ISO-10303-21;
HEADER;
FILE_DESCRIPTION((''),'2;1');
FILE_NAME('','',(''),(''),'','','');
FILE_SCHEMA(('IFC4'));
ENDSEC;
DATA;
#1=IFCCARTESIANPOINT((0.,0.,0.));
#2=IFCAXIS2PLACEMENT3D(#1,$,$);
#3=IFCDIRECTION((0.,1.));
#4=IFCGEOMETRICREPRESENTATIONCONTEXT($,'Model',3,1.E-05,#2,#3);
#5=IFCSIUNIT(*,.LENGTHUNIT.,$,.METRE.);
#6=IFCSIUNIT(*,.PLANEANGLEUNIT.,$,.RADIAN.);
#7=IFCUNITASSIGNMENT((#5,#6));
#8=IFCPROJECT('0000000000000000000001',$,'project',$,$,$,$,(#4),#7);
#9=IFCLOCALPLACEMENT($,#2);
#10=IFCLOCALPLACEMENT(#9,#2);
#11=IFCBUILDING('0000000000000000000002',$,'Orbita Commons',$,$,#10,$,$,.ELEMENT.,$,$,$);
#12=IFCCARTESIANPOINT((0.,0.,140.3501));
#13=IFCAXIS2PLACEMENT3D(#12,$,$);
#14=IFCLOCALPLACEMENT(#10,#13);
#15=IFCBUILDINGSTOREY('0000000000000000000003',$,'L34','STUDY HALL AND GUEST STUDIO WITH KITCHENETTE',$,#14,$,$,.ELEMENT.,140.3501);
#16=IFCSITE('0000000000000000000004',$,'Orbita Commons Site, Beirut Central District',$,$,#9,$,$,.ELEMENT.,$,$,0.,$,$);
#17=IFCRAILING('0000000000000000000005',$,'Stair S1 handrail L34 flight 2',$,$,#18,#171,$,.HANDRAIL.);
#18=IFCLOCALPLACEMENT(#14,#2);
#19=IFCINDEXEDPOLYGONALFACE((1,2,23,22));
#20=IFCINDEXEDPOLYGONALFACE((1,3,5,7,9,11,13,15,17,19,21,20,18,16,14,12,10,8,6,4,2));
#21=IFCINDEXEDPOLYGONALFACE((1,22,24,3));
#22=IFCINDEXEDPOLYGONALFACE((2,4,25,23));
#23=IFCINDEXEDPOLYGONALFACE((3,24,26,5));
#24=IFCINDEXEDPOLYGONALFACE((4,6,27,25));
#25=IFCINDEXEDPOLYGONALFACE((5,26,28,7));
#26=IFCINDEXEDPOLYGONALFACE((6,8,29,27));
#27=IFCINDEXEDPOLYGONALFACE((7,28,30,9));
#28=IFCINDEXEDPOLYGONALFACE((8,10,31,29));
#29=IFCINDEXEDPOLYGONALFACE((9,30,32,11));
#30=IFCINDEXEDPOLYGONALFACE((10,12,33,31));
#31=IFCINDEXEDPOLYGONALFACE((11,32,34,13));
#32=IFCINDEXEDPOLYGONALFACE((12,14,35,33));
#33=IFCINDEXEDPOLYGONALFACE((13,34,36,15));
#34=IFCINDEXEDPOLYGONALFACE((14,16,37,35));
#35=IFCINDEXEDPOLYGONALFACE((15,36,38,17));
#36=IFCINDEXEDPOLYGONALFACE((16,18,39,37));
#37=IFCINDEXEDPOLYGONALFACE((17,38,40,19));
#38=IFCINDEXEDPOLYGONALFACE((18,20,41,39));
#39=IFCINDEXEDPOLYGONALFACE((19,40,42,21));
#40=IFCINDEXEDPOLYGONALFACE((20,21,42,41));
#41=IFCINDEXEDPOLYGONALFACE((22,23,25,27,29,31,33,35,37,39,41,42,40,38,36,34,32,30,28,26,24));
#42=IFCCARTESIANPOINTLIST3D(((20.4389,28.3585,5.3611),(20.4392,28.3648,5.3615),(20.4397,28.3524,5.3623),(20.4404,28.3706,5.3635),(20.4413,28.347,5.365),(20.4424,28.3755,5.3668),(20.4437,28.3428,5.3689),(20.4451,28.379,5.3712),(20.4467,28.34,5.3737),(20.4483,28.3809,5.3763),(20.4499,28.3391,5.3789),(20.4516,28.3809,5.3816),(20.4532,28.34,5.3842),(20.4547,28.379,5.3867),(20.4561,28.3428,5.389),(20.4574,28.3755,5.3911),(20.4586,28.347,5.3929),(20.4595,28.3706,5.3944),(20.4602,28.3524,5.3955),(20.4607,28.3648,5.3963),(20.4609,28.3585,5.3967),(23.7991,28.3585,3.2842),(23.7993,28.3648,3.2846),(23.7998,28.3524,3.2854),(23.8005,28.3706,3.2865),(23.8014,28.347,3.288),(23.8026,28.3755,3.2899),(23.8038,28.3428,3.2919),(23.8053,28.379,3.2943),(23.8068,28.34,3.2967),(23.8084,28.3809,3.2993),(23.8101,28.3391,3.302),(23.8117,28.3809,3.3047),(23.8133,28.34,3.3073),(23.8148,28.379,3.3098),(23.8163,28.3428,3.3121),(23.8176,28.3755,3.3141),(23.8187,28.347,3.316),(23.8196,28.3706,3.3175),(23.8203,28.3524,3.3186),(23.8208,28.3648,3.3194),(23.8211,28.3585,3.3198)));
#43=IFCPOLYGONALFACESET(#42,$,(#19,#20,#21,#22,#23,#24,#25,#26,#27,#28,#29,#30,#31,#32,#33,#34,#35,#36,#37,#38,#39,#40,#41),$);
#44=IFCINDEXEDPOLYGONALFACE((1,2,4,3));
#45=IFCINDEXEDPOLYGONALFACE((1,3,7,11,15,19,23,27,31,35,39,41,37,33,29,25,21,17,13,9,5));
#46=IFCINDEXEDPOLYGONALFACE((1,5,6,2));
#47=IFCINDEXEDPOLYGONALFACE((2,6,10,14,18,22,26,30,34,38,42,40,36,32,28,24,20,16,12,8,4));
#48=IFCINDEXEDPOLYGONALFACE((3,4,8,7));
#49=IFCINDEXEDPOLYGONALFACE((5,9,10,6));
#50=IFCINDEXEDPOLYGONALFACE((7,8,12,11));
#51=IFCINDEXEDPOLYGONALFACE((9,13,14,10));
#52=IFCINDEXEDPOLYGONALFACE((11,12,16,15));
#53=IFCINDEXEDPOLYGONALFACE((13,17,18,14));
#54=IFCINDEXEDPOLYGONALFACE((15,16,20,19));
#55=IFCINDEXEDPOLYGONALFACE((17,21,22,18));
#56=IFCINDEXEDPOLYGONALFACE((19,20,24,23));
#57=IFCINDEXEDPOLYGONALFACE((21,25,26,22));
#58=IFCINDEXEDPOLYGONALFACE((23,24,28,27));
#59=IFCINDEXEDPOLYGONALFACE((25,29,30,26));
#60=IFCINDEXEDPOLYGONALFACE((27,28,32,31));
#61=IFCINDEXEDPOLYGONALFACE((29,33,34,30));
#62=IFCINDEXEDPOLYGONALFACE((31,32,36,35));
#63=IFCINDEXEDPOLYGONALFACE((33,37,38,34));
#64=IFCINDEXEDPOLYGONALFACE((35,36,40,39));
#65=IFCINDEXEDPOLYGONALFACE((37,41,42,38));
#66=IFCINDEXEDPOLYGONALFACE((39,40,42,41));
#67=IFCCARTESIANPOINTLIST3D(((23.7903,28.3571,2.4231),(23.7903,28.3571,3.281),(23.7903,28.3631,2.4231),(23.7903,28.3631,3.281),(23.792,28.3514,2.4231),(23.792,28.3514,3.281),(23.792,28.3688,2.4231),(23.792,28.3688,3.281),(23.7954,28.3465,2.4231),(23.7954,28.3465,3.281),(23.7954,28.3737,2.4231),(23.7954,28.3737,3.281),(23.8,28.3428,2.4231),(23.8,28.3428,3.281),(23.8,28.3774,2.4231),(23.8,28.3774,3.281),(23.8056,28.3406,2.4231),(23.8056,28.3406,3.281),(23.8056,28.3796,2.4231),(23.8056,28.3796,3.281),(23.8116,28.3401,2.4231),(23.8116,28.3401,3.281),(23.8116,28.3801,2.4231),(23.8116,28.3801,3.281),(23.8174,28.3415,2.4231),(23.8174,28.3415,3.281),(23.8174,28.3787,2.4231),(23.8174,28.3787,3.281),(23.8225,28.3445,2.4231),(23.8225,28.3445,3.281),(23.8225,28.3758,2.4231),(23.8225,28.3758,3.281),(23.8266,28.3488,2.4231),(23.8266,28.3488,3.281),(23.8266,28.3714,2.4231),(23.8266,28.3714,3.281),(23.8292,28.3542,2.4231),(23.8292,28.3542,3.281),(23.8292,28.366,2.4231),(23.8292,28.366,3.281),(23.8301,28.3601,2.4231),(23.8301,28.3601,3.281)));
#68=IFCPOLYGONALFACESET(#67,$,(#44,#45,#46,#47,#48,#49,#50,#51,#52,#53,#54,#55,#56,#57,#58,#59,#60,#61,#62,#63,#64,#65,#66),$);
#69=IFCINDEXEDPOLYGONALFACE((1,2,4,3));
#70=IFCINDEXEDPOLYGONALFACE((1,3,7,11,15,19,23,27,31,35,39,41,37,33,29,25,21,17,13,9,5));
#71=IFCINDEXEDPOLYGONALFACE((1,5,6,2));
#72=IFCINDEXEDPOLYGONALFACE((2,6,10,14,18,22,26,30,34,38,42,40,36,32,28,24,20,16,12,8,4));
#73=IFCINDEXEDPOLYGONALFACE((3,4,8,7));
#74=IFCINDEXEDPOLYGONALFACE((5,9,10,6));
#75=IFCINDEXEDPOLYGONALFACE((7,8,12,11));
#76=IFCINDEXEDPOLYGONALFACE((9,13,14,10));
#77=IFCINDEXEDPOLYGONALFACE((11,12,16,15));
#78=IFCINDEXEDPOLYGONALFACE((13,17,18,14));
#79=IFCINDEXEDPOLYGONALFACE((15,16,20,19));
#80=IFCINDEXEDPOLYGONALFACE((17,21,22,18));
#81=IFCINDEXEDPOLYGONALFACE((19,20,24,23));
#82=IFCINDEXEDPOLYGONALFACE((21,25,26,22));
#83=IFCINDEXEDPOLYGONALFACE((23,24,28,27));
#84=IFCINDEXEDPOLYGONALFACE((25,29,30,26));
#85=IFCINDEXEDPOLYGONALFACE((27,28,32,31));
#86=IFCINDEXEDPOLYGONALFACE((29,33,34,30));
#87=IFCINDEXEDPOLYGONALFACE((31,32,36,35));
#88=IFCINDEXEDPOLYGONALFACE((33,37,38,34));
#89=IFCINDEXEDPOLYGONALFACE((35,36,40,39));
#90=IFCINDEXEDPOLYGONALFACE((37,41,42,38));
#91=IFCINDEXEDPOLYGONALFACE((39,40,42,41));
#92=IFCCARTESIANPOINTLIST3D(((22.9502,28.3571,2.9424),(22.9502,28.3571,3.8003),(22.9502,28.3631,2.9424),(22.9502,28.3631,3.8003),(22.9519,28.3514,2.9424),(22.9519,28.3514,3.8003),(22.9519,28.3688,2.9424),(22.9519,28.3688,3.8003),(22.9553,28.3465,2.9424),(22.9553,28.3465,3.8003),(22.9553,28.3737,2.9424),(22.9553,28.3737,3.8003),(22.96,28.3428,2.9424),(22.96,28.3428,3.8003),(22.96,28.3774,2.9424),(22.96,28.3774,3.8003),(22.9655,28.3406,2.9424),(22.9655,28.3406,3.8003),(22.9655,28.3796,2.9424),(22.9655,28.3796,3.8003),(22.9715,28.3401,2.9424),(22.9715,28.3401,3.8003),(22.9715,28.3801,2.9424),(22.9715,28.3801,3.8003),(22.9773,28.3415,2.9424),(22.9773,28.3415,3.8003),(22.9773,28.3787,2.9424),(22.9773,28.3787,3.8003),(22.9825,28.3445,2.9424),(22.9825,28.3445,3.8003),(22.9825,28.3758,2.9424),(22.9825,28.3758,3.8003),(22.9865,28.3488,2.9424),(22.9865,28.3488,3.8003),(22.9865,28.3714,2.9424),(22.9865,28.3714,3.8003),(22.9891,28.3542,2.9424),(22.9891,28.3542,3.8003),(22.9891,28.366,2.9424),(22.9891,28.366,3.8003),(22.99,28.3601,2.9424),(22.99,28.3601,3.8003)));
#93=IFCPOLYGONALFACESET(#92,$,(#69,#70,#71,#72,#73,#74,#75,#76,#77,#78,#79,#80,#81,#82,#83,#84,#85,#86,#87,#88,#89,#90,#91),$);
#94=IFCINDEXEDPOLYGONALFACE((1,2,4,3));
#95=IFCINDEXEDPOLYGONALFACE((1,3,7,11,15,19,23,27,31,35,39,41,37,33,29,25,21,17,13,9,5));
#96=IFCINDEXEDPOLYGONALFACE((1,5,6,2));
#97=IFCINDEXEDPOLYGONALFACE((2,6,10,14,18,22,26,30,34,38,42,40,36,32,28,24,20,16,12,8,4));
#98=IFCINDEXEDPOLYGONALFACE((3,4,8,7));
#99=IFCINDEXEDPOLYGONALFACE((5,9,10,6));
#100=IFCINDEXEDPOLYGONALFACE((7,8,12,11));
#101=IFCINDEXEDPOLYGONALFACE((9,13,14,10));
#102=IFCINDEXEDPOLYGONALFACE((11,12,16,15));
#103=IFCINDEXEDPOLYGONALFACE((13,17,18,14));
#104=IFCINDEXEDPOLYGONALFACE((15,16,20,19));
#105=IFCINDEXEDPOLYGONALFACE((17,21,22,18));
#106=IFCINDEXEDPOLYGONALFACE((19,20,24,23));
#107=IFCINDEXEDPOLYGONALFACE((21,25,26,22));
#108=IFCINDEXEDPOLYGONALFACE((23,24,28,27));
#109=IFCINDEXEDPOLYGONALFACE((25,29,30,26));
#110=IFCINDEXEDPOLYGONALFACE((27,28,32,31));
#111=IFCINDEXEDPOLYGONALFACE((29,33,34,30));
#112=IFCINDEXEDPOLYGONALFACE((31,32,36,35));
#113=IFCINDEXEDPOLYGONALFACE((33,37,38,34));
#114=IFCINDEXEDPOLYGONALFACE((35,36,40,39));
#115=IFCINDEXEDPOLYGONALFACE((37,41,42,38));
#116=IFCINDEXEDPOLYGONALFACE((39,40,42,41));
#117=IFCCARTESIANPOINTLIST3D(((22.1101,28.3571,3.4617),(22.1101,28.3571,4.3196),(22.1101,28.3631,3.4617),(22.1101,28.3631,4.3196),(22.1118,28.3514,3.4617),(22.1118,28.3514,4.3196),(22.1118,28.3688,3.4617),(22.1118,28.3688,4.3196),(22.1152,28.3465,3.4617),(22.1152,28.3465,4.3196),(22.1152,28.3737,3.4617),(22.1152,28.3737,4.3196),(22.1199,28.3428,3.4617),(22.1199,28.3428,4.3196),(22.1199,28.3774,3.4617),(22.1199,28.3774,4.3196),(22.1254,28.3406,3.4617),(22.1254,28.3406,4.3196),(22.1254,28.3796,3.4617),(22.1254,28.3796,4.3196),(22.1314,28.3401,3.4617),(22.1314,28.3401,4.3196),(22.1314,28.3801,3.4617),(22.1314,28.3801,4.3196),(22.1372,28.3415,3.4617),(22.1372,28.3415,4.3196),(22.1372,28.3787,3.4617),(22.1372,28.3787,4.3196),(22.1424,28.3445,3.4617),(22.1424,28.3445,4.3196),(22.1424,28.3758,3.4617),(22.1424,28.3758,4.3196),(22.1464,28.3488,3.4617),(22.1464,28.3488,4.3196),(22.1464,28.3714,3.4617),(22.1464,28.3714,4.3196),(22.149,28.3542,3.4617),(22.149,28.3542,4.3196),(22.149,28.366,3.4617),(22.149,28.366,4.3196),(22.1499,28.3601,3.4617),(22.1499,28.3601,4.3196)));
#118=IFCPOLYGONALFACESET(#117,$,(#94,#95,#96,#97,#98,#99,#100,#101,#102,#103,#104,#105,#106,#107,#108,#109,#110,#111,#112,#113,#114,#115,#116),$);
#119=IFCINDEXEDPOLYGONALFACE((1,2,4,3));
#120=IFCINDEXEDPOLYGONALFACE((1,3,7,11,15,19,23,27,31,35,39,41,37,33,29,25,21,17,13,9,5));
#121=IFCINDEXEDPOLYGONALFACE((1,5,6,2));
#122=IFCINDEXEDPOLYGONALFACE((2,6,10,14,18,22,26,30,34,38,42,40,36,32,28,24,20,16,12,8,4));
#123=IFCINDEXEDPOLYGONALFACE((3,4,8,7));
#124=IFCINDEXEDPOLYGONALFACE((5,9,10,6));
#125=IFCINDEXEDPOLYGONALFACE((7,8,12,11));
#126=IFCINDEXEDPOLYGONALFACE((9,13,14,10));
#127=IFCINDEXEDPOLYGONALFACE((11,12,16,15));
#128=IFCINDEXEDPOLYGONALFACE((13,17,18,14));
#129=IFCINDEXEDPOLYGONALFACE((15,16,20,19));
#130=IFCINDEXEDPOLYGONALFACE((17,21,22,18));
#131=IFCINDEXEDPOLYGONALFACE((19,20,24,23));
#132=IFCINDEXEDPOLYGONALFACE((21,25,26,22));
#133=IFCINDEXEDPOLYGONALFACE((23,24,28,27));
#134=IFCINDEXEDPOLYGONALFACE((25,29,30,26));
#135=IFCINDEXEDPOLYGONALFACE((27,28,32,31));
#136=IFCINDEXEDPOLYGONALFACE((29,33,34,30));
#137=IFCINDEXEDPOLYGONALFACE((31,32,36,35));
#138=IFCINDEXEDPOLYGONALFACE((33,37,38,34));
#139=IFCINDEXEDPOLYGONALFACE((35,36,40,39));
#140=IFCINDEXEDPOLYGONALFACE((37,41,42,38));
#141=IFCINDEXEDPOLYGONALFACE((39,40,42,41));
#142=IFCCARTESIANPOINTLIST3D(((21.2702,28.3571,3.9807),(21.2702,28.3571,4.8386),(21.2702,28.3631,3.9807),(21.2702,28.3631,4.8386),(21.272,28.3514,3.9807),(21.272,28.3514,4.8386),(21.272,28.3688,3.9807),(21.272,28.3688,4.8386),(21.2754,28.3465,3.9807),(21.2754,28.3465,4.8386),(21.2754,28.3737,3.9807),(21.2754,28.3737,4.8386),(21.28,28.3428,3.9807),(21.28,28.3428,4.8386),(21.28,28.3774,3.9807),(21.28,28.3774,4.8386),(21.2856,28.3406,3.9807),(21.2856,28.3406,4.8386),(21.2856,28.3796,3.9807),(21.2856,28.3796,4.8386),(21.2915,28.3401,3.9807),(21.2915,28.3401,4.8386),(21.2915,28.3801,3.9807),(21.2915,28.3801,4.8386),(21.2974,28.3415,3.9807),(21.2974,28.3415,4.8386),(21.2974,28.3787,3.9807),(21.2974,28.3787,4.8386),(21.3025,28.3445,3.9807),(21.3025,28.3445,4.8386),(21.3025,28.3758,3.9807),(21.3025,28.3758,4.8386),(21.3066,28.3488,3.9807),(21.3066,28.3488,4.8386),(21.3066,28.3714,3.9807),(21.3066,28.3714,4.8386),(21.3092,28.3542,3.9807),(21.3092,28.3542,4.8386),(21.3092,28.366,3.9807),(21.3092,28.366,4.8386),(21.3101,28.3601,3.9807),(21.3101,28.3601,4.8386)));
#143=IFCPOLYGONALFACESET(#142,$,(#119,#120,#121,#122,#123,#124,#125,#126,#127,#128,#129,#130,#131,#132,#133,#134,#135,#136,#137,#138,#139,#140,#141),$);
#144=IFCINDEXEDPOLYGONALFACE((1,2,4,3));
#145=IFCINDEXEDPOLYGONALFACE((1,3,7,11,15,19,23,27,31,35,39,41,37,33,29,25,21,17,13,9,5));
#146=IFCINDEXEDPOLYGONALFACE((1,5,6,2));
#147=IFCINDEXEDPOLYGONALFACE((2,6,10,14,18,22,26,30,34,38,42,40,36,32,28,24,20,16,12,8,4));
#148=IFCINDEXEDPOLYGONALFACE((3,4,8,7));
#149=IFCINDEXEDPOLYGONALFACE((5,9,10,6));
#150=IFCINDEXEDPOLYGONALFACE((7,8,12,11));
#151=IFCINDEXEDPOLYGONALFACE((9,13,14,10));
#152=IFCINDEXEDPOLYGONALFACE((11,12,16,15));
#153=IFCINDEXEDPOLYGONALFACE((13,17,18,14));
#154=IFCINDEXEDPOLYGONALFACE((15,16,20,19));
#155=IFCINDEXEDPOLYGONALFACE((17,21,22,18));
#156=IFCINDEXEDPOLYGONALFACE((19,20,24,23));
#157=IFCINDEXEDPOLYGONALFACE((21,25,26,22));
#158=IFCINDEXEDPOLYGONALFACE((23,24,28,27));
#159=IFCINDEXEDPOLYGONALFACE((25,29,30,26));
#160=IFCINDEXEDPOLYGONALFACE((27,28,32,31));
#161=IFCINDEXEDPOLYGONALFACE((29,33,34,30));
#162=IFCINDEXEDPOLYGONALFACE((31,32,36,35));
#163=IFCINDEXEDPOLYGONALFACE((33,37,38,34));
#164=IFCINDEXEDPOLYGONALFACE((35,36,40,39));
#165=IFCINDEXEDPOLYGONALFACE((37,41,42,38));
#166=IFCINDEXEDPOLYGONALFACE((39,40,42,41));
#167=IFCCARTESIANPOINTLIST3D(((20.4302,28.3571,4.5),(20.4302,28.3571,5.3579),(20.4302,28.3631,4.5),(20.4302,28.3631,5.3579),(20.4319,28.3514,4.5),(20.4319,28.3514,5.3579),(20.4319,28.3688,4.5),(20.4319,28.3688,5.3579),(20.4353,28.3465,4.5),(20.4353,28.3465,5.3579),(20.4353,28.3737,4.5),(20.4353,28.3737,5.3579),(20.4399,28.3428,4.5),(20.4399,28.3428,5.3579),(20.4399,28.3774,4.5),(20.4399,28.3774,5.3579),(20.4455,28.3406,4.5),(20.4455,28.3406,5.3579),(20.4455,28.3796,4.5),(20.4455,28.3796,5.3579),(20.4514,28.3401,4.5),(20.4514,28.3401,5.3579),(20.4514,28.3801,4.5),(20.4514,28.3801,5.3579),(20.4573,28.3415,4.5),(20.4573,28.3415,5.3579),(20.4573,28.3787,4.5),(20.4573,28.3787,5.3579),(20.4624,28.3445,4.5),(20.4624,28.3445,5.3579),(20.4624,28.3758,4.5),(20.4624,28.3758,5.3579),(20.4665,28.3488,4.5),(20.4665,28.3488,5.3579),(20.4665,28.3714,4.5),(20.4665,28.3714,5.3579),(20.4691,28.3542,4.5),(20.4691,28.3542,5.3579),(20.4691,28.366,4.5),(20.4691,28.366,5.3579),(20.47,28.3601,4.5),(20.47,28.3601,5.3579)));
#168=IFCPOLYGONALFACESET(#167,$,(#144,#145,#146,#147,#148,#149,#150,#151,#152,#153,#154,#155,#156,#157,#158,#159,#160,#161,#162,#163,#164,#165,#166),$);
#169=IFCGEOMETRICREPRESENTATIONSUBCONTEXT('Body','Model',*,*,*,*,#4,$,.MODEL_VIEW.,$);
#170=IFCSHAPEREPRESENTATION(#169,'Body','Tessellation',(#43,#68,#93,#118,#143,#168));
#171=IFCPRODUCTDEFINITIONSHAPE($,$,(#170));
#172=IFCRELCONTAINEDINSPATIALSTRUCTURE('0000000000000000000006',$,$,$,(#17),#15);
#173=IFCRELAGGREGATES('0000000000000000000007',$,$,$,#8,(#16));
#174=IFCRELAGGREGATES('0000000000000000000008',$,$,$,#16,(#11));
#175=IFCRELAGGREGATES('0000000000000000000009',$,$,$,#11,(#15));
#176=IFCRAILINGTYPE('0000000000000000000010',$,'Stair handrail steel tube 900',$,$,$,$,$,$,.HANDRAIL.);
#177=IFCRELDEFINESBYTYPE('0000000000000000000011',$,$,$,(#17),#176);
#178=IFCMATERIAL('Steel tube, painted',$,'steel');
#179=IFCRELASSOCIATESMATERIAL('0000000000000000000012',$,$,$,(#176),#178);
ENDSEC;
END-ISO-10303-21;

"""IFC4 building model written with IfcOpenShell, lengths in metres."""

from ifc_helpers import new_model, si_unit, direction, frame, origin, origin_2d, place, context, subcontext, project, spatial, circle, extrude, material, type_object, element, save


model = new_model("IFC4")

# Units and contexts
model_context = context("Model", 3, precision=1e-05, world=origin(), true_north=direction((0.0, 1.0)))
body_context = subcontext(model_context, "Body", "Model", "MODEL_VIEW")
ifc_project = project(units=[si_unit("LENGTHUNIT", "METRE"), si_unit("PLANEANGLEUNIT", "RADIAN")], contexts=[model_context])

# Site, building, storey
site_placement = place(None, origin())
site = spatial("IfcSite", under=ifc_project, at=site_placement, Name="Orbita Commons Site, Beirut Central District", CompositionType="ELEMENT", RefElevation=0.0)
building_placement = place(site_placement, origin())
building = spatial("IfcBuilding", under=site, at=building_placement, Name="Orbita Commons", CompositionType="ELEMENT")
storey_placement = place(building_placement, frame((0.0, 0.0, 140.3501)))
storey = spatial("IfcBuildingStorey", under=building, at=storey_placement, Name="L34", Description="STUDY HALL AND GUEST STUDIO WITH KITCHENETTE", CompositionType="ELEMENT", Elevation=140.3501)

# Railing
ifc_material = material(Name="Steel tube, painted", Category="steel")
railing_type = type_object("IfcRailingType", Name="Stair handrail steel tube 900", PredefinedType="HANDRAIL", material=ifc_material)
for number, where, name in (
    (1, (23.8101, 28.3601, 2.4231), "Stair S1 handrail L34 flight 2"),
):
    element("IfcRailing", number, at=place(storey_placement, frame(where)), inside=storey, type_object=railing_type, Name=name, PredefinedType="HANDRAIL", context=body_context, shape_type="SweptSolid", body=[
        extrude(circle(Radius=0.021, at=origin_2d()), frame((0.0, 0.0, 0.8789), z_axis=(-0.850623, 0.0, 0.525776), x_axis=(0.0, -1.0, 0.0)), (0.0, 0.0, 1.0), 3.9502),
        extrude(circle(Radius=0.02, at=origin_2d()), origin(), (0.0, 0.0, 1.0), 0.8579),
        extrude(circle(Radius=0.02, at=origin_2d()), frame((-0.8401, 0.0, 0.5193)), (0.0, 0.0, 1.0), 0.8579),
        extrude(circle(Radius=0.02, at=origin_2d()), frame((-1.6802, 0.0, 1.0386)), (0.0, 0.0, 1.0), 0.8579),
        extrude(circle(Radius=0.02, at=origin_2d()), frame((-2.52, 0.0, 1.5576)), (0.0, 0.0, 1.0), 0.8579),
        extrude(circle(Radius=0.02, at=origin_2d()), frame((-3.3601, 0.0, 2.0769)), (0.0, 0.0, 1.0), 0.8579),
    ])

save(model, "model.ifc")
